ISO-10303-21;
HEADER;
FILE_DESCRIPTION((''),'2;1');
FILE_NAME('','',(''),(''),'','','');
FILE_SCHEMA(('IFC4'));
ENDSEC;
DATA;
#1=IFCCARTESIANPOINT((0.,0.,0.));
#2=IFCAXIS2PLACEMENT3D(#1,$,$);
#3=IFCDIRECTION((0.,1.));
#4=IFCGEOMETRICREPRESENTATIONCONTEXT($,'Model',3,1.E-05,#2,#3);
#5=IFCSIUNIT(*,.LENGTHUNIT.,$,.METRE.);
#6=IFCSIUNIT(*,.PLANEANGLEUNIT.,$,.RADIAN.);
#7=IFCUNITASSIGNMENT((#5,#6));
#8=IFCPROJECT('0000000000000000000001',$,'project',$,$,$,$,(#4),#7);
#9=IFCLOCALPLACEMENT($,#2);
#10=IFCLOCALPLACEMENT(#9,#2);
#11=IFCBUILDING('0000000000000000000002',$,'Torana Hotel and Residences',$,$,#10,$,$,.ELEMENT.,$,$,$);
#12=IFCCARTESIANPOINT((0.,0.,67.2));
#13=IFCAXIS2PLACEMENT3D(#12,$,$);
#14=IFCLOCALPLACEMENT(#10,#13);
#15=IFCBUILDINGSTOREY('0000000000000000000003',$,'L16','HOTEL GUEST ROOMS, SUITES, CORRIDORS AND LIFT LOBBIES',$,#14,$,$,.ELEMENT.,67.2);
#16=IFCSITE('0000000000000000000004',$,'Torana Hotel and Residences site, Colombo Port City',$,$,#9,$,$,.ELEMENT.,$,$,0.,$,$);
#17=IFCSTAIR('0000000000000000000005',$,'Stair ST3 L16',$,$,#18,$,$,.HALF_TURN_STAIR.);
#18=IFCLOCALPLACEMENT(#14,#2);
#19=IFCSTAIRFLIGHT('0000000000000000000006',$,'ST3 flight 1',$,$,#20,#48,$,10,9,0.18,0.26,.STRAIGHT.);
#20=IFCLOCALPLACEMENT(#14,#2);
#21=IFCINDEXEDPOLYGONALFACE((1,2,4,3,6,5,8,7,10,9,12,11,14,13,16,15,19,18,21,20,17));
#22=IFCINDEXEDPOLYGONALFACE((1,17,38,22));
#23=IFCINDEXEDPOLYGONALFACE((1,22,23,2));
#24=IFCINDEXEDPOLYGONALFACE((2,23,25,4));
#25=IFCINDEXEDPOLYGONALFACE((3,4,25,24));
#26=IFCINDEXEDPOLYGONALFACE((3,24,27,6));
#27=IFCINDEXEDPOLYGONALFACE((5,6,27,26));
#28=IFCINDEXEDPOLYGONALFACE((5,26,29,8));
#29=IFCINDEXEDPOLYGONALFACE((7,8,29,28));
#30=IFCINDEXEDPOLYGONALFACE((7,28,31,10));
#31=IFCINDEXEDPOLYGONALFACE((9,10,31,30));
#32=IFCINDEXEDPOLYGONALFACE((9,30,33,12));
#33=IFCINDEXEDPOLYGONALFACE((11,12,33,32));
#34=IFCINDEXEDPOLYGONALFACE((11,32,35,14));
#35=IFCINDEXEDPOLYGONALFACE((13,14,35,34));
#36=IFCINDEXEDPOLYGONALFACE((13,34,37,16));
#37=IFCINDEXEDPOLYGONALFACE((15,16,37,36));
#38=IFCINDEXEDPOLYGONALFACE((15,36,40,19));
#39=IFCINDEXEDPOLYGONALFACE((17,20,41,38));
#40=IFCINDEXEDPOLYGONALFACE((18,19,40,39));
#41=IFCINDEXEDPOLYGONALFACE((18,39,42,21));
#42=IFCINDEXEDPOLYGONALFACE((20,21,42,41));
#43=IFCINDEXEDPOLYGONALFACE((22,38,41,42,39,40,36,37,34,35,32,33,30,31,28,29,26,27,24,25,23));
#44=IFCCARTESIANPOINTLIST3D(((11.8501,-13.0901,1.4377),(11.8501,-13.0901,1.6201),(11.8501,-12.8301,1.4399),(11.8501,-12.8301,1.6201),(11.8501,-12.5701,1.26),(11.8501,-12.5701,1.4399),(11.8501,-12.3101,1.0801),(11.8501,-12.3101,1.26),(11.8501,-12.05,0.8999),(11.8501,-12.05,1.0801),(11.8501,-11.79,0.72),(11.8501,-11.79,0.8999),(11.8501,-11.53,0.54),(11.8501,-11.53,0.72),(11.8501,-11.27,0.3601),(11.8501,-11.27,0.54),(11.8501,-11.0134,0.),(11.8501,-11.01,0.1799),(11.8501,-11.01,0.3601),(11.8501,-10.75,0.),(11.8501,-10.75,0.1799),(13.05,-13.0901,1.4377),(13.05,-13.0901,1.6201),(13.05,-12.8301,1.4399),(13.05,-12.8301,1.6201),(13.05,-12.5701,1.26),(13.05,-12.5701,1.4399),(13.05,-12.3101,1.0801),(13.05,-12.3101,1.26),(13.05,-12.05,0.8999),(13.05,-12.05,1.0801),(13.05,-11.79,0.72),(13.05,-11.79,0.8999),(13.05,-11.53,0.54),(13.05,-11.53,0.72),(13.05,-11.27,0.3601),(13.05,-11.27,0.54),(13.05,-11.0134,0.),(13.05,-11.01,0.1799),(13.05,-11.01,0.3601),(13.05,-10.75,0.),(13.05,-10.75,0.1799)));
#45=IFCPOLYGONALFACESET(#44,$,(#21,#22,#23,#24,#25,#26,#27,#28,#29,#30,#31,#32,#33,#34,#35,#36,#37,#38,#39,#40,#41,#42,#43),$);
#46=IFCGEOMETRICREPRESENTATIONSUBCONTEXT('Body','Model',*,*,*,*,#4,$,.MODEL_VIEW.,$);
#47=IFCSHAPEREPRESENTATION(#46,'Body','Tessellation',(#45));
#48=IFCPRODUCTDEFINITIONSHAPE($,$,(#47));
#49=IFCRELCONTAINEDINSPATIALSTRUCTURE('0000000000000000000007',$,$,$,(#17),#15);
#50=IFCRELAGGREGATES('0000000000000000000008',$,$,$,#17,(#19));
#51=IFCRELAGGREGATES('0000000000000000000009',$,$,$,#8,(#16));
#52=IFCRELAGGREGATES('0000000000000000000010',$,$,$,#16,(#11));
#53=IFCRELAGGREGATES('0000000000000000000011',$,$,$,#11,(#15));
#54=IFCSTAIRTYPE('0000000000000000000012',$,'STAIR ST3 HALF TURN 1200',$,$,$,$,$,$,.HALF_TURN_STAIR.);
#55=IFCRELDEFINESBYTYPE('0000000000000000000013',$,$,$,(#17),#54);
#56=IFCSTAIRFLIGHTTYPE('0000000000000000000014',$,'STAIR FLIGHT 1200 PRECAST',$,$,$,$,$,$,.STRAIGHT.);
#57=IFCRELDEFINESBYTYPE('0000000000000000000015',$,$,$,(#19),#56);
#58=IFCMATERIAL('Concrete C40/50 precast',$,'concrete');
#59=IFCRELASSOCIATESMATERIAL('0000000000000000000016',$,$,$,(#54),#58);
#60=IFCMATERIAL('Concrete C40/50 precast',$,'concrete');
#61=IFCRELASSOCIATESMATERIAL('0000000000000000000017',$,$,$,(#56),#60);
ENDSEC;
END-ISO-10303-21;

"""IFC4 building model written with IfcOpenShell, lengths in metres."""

from ifc_helpers import new_model, si_unit, direction, frame, origin, place, context, subcontext, project, spatial, polyline, outline, extrude, material, type_object, element, aggregate, save


model = new_model("IFC4")

# Units and contexts
model_context = context("Model", 3, precision=1e-05, world=origin(), true_north=direction((0.0, 1.0)))
body_context = subcontext(model_context, "Body", "Model", "MODEL_VIEW")
ifc_project = project(units=[si_unit("LENGTHUNIT", "METRE"), si_unit("PLANEANGLEUNIT", "RADIAN")], contexts=[model_context])

# Site, building, storey
site_placement = place(None, origin())
site = spatial("IfcSite", under=ifc_project, at=site_placement, Name="Torana Hotel and Residences site, Colombo Port City", CompositionType="ELEMENT", RefElevation=0.0)
building_placement = place(site_placement, origin())
building = spatial("IfcBuilding", under=site, at=building_placement, Name="Torana Hotel and Residences", CompositionType="ELEMENT")
storey_placement = place(building_placement, frame((0.0, 0.0, 67.2)))
storey = spatial("IfcBuildingStorey", under=building, at=storey_placement, Name="L16", Description="HOTEL GUEST ROOMS, SUITES, CORRIDORS AND LIFT LOBBIES", CompositionType="ELEMENT", Elevation=67.2)

# Stair, stair flight
ifc_material_1 = material(Name="Concrete C40/50 precast", Category="concrete")
stair_type = type_object("IfcStairType", Name="STAIR ST3 HALF TURN 1200", PredefinedType="HALF_TURN_STAIR", material=ifc_material_1)
stair_placement = place(storey_placement, origin())
stair = element("IfcStair", 1, at=stair_placement, inside=storey, type_object=stair_type, Name="Stair ST3 L16", PredefinedType="HALF_TURN_STAIR")
ifc_material_2 = material(Name="Concrete C40/50 precast", Category="concrete")
stair_flight_type = type_object("IfcStairFlightType", Name="STAIR FLIGHT 1200 PRECAST", PredefinedType="STRAIGHT", material=ifc_material_2)
stair_flight_placement = place(storey_placement, frame((12.45, -10.75, 0.0), z_axis=(0.0, 0.0, 1.0), x_axis=(0.0, -1.0, 0.0)))
stair_flight = element("IfcStairFlight", 2, at=stair_flight_placement, type_object=stair_flight_type, Name="ST3 flight 1", NumberOfRisers=10, NumberOfTreads=9, PredefinedType="STRAIGHT", RiserHeight=0.18, TreadLength=0.26, context=body_context, shape_type="SweptSolid", body=[
    extrude(outline(polyline([(0.0, 0.0), (0.0, 0.1799), (0.26, 0.1799), (0.26, 0.3601), (0.52, 0.3601), (0.52, 0.54), (0.78, 0.54), (0.78, 0.72), (1.04, 0.72), (1.04, 0.8999), (1.3, 0.8999), (1.3, 1.0801), (1.5601, 1.0801), (1.5601, 1.26), (1.8201, 1.26), (1.8201, 1.4399), (2.0801, 1.4399), (2.0801, 1.6201), (2.3401, 1.6201), (2.3401, 1.8), (2.3401, 1.4377), (0.2634, 0.0), (0.0, 0.0)])), frame((0.0, 0.6001, 0.0), z_axis=(0.0, -1.0, 0.0), x_axis=(1.0, 0.0, 0.0)), (0.0, 0.0, 1.0), 1.2),
])
aggregate(stair, [stair_flight])

save(model, "model.ifc")
